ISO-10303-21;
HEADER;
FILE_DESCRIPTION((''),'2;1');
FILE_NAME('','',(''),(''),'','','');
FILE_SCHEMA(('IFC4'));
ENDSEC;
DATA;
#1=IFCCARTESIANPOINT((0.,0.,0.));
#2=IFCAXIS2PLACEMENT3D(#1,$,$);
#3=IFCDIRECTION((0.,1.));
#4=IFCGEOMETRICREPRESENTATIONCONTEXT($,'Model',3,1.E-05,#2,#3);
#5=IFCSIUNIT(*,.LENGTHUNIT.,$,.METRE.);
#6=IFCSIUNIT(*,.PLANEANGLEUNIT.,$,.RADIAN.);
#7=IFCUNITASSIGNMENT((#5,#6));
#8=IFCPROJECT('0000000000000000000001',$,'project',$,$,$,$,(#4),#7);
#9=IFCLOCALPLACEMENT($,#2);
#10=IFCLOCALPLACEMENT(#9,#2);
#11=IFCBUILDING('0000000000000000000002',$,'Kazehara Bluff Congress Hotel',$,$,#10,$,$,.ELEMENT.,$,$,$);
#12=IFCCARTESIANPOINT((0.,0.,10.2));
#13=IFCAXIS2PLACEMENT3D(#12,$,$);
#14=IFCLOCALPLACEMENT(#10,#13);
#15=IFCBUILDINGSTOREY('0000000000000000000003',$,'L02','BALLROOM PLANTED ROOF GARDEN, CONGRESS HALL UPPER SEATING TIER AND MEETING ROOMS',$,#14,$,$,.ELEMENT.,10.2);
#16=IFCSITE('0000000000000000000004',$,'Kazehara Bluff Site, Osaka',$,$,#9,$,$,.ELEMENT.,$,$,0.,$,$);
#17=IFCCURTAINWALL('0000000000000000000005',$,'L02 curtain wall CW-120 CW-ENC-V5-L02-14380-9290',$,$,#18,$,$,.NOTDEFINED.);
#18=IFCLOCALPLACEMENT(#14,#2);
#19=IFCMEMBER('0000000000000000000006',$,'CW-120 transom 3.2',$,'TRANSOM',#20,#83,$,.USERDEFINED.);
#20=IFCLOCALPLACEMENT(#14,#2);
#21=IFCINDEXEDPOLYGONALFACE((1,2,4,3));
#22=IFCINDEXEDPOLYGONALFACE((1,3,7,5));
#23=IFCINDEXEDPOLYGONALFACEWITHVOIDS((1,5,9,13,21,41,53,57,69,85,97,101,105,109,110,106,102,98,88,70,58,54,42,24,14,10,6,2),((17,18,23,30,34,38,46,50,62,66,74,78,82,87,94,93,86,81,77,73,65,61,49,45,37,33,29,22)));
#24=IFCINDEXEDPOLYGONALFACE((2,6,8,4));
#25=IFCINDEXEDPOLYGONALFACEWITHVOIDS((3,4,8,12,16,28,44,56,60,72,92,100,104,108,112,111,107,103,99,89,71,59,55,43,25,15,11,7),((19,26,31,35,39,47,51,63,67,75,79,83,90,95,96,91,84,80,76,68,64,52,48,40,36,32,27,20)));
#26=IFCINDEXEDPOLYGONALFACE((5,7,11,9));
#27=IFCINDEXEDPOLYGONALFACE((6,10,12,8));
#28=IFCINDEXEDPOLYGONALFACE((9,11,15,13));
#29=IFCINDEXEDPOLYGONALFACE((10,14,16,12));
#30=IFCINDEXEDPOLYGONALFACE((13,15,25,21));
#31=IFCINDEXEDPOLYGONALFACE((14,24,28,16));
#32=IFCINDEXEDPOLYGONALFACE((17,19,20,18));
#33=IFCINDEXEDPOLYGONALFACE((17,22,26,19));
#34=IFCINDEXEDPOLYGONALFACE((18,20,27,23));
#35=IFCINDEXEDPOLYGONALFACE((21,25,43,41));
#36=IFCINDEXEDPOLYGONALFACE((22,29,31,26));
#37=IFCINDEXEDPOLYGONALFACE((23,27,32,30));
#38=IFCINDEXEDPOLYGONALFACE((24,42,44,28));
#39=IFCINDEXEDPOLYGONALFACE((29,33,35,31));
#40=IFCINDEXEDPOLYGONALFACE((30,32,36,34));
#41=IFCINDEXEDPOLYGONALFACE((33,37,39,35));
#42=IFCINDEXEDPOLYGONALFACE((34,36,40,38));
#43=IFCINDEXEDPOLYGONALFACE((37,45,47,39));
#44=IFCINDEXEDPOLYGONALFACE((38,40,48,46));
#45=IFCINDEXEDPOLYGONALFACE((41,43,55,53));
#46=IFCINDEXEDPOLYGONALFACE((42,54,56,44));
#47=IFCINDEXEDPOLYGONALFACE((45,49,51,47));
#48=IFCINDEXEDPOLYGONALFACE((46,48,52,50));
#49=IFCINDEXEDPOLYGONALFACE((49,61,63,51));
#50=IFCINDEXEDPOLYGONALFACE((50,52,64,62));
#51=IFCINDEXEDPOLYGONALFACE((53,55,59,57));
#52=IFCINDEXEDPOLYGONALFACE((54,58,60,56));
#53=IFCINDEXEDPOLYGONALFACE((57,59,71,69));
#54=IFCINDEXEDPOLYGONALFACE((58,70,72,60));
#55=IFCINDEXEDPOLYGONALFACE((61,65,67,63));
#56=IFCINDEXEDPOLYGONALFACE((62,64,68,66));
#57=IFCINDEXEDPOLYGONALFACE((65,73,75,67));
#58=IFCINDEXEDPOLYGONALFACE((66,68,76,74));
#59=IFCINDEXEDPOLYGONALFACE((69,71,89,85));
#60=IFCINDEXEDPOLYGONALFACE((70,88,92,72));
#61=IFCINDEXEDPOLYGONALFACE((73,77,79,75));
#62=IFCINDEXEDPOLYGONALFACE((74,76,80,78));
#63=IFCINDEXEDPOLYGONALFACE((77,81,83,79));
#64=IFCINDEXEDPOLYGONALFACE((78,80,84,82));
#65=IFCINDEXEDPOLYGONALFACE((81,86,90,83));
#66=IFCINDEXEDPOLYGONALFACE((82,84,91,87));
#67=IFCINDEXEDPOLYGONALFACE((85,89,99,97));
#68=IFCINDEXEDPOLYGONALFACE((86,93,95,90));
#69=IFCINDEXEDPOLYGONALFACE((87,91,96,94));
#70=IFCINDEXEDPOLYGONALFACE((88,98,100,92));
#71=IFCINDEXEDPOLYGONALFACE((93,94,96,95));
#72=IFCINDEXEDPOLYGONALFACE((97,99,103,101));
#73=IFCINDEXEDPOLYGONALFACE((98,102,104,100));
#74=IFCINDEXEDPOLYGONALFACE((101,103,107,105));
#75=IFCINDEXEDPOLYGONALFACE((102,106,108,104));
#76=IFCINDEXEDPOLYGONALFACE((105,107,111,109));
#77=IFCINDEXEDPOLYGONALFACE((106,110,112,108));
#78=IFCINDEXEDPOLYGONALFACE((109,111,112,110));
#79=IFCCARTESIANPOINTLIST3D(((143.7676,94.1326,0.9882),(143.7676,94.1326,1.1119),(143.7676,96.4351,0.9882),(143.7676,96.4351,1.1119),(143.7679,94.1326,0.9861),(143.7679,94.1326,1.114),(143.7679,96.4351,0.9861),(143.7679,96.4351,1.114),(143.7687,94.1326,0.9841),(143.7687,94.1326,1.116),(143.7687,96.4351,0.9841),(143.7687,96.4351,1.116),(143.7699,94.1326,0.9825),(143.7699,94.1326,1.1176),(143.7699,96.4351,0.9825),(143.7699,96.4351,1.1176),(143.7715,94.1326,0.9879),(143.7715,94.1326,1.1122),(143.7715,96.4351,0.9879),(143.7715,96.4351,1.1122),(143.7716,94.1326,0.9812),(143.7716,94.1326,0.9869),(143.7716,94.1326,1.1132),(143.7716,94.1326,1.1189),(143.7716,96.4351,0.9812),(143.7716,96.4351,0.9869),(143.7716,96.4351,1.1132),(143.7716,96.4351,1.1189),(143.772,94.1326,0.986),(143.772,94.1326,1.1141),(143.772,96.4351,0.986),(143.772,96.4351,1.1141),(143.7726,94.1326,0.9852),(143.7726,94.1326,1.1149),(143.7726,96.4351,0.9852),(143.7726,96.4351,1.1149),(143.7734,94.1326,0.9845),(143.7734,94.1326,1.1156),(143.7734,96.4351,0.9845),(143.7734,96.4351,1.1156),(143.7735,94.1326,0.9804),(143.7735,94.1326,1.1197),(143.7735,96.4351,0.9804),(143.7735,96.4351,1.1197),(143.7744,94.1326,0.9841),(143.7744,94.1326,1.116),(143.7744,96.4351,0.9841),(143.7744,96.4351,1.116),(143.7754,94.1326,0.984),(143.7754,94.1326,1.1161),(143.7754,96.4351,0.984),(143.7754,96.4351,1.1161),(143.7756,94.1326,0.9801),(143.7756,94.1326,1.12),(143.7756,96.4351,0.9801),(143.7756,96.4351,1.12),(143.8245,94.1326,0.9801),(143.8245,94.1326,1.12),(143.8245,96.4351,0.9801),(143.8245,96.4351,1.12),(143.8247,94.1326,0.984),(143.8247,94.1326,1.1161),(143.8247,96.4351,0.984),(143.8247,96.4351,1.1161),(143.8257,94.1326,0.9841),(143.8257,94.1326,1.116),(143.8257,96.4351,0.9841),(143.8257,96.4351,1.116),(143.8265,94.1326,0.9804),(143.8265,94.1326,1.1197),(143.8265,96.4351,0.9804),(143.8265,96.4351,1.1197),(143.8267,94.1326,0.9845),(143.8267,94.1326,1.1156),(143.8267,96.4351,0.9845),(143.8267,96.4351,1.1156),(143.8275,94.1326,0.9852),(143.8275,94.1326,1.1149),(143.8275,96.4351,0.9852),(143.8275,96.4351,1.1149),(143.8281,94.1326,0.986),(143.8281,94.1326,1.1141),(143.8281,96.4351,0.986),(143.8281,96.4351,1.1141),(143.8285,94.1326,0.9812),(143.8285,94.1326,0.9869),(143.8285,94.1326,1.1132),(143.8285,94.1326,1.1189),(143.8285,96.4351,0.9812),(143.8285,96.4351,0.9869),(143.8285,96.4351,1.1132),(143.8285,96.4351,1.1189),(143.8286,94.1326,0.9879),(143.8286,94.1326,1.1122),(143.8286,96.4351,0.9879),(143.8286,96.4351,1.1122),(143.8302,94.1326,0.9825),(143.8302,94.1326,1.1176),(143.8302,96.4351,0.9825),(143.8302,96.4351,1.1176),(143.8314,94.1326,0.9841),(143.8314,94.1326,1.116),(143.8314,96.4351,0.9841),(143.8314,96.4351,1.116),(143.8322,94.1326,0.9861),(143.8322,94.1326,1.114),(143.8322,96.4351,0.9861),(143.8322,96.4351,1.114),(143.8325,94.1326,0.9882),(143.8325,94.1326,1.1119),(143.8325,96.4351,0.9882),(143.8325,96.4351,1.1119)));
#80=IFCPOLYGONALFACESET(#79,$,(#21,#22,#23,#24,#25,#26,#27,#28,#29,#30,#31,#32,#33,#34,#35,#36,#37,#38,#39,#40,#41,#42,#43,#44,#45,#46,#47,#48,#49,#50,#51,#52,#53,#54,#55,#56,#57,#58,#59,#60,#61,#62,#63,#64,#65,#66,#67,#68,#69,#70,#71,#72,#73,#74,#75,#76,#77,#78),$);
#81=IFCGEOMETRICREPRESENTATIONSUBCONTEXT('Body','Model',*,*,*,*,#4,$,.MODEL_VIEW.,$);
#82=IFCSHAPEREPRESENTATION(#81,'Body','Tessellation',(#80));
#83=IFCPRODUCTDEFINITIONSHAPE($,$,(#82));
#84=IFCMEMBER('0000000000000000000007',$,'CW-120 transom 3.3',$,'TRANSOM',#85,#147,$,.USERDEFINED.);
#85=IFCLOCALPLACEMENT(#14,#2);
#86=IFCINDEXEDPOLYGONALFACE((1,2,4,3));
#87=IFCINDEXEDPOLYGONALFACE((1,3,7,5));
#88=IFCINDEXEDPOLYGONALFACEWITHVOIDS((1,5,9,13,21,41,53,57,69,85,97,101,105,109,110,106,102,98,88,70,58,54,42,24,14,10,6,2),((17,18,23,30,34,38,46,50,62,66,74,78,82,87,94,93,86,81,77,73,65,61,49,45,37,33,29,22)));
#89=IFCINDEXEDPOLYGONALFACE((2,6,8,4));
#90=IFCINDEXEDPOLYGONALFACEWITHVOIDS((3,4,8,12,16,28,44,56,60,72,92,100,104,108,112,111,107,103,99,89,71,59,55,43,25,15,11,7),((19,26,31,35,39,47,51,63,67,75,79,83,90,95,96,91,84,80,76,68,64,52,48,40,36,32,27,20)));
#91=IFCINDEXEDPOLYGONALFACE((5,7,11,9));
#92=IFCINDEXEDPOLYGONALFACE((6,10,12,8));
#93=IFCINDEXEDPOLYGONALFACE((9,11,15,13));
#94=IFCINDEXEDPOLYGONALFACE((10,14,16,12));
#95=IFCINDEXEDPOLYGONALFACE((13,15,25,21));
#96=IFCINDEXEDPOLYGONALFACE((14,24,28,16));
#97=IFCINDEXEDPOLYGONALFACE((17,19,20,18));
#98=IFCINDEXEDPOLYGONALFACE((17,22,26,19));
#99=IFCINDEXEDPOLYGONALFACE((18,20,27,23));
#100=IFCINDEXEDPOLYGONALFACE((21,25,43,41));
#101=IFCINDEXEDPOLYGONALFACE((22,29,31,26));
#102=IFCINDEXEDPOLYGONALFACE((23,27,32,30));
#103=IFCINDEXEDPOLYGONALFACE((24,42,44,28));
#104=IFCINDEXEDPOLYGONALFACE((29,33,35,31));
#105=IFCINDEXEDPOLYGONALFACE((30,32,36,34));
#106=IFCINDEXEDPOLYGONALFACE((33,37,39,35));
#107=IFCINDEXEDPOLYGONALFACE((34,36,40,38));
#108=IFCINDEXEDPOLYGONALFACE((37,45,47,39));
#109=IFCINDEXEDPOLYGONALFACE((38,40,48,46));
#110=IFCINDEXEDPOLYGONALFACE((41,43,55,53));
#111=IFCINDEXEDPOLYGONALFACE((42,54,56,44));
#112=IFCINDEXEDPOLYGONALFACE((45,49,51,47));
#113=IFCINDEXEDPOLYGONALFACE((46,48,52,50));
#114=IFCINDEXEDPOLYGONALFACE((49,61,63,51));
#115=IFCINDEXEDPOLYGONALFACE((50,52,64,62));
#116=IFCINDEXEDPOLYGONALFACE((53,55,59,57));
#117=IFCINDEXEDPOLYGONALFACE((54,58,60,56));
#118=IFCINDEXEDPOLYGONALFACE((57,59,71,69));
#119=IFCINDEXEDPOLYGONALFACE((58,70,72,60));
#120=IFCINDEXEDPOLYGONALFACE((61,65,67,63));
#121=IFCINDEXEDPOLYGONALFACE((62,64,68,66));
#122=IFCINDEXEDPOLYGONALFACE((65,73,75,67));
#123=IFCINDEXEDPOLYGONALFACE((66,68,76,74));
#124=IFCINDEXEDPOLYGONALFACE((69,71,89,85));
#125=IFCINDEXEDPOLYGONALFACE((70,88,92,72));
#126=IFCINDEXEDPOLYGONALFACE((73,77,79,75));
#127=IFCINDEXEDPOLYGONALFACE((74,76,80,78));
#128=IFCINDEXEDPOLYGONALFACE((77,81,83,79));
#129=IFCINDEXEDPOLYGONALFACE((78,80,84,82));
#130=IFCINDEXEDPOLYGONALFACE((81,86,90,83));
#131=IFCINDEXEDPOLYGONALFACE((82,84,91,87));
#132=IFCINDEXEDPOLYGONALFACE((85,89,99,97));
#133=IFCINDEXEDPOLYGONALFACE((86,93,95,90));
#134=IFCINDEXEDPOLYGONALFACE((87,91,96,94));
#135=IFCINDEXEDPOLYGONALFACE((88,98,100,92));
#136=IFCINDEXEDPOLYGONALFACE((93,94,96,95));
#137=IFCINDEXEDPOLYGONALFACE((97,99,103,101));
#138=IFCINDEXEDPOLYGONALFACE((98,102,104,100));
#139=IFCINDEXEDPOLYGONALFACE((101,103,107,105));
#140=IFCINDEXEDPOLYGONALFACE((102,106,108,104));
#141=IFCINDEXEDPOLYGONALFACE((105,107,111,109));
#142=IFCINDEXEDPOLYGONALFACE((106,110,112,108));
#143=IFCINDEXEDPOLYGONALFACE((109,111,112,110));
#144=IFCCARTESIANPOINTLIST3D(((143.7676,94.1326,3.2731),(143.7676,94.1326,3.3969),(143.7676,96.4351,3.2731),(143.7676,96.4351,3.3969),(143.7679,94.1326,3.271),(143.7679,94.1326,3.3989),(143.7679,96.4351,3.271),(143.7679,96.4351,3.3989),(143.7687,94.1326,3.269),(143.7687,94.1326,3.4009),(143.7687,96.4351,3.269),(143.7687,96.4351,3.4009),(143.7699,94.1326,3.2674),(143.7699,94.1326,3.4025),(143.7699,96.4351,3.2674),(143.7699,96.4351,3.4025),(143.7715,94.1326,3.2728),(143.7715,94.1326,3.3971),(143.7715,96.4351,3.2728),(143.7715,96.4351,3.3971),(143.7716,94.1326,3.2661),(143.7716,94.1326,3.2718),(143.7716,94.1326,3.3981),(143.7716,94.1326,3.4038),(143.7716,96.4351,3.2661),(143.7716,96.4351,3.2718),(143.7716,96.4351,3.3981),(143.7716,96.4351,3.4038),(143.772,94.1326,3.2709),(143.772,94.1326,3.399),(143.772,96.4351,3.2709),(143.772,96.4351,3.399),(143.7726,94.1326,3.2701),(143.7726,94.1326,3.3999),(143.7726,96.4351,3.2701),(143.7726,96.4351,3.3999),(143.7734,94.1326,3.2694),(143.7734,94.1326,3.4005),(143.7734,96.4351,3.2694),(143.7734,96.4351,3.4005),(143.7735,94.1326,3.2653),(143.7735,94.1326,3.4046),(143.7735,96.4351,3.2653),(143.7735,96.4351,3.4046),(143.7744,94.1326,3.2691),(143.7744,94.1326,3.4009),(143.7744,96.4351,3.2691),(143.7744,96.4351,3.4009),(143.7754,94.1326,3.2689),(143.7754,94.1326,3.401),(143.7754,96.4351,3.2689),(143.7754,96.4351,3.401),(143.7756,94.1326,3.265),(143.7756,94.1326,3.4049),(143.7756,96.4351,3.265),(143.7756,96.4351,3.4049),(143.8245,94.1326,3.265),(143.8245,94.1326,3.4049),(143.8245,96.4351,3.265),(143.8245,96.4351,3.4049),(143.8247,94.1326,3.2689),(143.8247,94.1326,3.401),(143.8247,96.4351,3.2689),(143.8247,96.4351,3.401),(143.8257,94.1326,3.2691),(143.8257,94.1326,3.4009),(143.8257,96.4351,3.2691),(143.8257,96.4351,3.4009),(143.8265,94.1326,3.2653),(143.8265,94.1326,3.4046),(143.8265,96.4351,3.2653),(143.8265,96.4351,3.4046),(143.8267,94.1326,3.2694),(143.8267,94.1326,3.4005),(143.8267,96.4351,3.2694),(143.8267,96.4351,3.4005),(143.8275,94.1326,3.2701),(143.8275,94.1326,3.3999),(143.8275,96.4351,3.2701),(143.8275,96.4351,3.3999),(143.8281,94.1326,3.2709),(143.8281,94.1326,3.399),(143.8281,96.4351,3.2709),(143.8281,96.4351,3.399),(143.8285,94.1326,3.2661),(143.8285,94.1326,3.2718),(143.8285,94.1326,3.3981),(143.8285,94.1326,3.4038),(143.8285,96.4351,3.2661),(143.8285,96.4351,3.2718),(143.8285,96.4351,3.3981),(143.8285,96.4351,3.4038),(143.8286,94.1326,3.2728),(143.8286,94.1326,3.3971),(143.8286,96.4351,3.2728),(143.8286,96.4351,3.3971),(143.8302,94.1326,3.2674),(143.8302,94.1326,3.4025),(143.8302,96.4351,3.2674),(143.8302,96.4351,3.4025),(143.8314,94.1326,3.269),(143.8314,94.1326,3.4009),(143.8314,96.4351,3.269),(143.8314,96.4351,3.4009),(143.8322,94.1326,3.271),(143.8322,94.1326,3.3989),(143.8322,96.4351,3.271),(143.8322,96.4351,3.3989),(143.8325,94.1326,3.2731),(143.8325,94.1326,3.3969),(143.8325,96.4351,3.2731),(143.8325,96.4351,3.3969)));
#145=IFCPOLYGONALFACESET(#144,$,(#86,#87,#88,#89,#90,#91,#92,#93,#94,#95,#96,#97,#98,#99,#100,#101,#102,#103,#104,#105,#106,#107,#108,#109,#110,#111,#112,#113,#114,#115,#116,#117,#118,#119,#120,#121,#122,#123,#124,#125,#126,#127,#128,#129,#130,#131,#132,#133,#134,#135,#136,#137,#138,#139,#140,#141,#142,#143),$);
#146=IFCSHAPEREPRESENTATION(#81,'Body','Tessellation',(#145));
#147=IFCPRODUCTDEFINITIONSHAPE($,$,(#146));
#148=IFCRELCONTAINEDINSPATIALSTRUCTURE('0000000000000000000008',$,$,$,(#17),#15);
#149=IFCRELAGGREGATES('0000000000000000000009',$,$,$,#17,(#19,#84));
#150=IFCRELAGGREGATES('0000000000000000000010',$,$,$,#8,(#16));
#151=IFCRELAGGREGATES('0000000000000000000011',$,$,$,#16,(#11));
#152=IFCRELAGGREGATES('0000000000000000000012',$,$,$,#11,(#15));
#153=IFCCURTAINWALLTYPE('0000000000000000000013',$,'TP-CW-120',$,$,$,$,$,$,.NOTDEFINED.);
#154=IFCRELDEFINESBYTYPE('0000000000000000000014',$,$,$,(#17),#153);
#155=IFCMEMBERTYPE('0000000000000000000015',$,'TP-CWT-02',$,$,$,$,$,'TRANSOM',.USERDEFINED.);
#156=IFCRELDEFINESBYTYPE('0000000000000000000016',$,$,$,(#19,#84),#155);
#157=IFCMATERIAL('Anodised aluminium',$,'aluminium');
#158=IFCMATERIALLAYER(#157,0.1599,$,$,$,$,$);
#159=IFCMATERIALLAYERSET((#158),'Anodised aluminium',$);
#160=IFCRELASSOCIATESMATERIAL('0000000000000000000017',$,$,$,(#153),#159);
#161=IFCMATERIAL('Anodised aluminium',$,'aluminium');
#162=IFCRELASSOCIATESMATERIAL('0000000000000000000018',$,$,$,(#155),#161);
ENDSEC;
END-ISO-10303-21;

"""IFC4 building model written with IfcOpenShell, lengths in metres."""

from ifc_helpers import new_model, si_unit, direction, frame, origin, origin_2d, place, context, subcontext, project, spatial, hollow_rectangle, extrude, material, layer, layer_set, material_profile, profile_set, type_object, element, aggregate, save


model = new_model("IFC4")

# Units and contexts
model_context = context("Model", 3, precision=1e-05, world=origin(), true_north=direction((0.0, 1.0)))
body_context = subcontext(model_context, "Body", "Model", "MODEL_VIEW")
ifc_project = project(units=[si_unit("LENGTHUNIT", "METRE"), si_unit("PLANEANGLEUNIT", "RADIAN")], contexts=[model_context])

# Site, building, storey
site_placement = place(None, origin())
site = spatial("IfcSite", under=ifc_project, at=site_placement, Name="Kazehara Bluff Site, Osaka", CompositionType="ELEMENT", RefElevation=0.0)
building_placement = place(site_placement, origin())
building = spatial("IfcBuilding", under=site, at=building_placement, Name="Kazehara Bluff Congress Hotel", CompositionType="ELEMENT")
storey_placement = place(building_placement, frame((0.0, 0.0, 10.2)))
storey = spatial("IfcBuildingStorey", under=building, at=storey_placement, Name="L02", Description="BALLROOM PLANTED ROOF GARDEN, CONGRESS HALL UPPER SEATING TIER AND MEETING ROOMS", CompositionType="ELEMENT", Elevation=10.2)

# Curtain wall
ifc_material_1 = material(Name="Anodised aluminium", Category="aluminium")
ifc_layer_1 = layer(ifc_material_1, 0.1599)
ifc_layer_set_1 = layer_set([ifc_layer_1], Name="Anodised aluminium")
curtain_wall_type_1 = type_object("IfcCurtainWallType", Name="TP-CW-120", PredefinedType="NOTDEFINED", material=ifc_layer_set_1)
curtain_wall_1_placement = place(storey_placement, origin())
curtain_wall_1 = element("IfcCurtainWall", 1, at=curtain_wall_1_placement, inside=storey, type_object=curtain_wall_type_1, Name="L02 curtain wall CW-120 CW-ENC-V5-L02-14380-9290", PredefinedType="NOTDEFINED")

# Members
ifc_material_2 = material(Name="Anodised aluminium", Category="aluminium")
ifc_material_profile_1 = material_profile(ifc_material_2, hollow_rectangle(XDim=0.0649, YDim=0.1399, WallThickness=0.0039, InnerFilletRadius=0.0039, OuterFilletRadius=0.0081, at=origin_2d()))
ifc_profile_set_1 = profile_set([ifc_material_profile_1], Name="Anodised aluminium")
member_type_1 = type_object("IfcMemberType", Name="TP-CWT-02", ElementType="TRANSOM", PredefinedType="USERDEFINED", material=ifc_profile_set_1)
member_1_placement = place(storey_placement, frame((143.8, 94.1326, 1.05), z_axis=(0.0, 1.0, 0.0), x_axis=(-1.0, 0.0, 0.0)))
member_1 = element("IfcMember", 2, at=member_1_placement, type_object=member_type_1, Name="CW-120 transom 3.2", ObjectType="TRANSOM", PredefinedType="USERDEFINED", context=body_context, shape_type="SweptSolid", body=[
    extrude(hollow_rectangle(XDim=0.0649, YDim=0.1399, WallThickness=0.0039, InnerFilletRadius=0.0039, OuterFilletRadius=0.0081, at=origin_2d()), origin(), (0.0, 0.0, 1.0), 2.3025),
])
member_2_placement = place(storey_placement, frame((143.8, 94.1326, 3.335), z_axis=(0.0, 1.0, 0.0), x_axis=(-1.0, 0.0, 0.0)))
member_2 = element("IfcMember", 3, at=member_2_placement, type_object=member_type_1, Name="CW-120 transom 3.3", ObjectType="TRANSOM", PredefinedType="USERDEFINED", context=body_context, shape_type="SweptSolid", body=[
    extrude(hollow_rectangle(XDim=0.0649, YDim=0.1399, WallThickness=0.0039, InnerFilletRadius=0.0039, OuterFilletRadius=0.0081, at=origin_2d()), origin(), (0.0, 0.0, 1.0), 2.3025),
])

aggregate(curtain_wall_1, [member_1, member_2])

save(model, "model.ifc")
